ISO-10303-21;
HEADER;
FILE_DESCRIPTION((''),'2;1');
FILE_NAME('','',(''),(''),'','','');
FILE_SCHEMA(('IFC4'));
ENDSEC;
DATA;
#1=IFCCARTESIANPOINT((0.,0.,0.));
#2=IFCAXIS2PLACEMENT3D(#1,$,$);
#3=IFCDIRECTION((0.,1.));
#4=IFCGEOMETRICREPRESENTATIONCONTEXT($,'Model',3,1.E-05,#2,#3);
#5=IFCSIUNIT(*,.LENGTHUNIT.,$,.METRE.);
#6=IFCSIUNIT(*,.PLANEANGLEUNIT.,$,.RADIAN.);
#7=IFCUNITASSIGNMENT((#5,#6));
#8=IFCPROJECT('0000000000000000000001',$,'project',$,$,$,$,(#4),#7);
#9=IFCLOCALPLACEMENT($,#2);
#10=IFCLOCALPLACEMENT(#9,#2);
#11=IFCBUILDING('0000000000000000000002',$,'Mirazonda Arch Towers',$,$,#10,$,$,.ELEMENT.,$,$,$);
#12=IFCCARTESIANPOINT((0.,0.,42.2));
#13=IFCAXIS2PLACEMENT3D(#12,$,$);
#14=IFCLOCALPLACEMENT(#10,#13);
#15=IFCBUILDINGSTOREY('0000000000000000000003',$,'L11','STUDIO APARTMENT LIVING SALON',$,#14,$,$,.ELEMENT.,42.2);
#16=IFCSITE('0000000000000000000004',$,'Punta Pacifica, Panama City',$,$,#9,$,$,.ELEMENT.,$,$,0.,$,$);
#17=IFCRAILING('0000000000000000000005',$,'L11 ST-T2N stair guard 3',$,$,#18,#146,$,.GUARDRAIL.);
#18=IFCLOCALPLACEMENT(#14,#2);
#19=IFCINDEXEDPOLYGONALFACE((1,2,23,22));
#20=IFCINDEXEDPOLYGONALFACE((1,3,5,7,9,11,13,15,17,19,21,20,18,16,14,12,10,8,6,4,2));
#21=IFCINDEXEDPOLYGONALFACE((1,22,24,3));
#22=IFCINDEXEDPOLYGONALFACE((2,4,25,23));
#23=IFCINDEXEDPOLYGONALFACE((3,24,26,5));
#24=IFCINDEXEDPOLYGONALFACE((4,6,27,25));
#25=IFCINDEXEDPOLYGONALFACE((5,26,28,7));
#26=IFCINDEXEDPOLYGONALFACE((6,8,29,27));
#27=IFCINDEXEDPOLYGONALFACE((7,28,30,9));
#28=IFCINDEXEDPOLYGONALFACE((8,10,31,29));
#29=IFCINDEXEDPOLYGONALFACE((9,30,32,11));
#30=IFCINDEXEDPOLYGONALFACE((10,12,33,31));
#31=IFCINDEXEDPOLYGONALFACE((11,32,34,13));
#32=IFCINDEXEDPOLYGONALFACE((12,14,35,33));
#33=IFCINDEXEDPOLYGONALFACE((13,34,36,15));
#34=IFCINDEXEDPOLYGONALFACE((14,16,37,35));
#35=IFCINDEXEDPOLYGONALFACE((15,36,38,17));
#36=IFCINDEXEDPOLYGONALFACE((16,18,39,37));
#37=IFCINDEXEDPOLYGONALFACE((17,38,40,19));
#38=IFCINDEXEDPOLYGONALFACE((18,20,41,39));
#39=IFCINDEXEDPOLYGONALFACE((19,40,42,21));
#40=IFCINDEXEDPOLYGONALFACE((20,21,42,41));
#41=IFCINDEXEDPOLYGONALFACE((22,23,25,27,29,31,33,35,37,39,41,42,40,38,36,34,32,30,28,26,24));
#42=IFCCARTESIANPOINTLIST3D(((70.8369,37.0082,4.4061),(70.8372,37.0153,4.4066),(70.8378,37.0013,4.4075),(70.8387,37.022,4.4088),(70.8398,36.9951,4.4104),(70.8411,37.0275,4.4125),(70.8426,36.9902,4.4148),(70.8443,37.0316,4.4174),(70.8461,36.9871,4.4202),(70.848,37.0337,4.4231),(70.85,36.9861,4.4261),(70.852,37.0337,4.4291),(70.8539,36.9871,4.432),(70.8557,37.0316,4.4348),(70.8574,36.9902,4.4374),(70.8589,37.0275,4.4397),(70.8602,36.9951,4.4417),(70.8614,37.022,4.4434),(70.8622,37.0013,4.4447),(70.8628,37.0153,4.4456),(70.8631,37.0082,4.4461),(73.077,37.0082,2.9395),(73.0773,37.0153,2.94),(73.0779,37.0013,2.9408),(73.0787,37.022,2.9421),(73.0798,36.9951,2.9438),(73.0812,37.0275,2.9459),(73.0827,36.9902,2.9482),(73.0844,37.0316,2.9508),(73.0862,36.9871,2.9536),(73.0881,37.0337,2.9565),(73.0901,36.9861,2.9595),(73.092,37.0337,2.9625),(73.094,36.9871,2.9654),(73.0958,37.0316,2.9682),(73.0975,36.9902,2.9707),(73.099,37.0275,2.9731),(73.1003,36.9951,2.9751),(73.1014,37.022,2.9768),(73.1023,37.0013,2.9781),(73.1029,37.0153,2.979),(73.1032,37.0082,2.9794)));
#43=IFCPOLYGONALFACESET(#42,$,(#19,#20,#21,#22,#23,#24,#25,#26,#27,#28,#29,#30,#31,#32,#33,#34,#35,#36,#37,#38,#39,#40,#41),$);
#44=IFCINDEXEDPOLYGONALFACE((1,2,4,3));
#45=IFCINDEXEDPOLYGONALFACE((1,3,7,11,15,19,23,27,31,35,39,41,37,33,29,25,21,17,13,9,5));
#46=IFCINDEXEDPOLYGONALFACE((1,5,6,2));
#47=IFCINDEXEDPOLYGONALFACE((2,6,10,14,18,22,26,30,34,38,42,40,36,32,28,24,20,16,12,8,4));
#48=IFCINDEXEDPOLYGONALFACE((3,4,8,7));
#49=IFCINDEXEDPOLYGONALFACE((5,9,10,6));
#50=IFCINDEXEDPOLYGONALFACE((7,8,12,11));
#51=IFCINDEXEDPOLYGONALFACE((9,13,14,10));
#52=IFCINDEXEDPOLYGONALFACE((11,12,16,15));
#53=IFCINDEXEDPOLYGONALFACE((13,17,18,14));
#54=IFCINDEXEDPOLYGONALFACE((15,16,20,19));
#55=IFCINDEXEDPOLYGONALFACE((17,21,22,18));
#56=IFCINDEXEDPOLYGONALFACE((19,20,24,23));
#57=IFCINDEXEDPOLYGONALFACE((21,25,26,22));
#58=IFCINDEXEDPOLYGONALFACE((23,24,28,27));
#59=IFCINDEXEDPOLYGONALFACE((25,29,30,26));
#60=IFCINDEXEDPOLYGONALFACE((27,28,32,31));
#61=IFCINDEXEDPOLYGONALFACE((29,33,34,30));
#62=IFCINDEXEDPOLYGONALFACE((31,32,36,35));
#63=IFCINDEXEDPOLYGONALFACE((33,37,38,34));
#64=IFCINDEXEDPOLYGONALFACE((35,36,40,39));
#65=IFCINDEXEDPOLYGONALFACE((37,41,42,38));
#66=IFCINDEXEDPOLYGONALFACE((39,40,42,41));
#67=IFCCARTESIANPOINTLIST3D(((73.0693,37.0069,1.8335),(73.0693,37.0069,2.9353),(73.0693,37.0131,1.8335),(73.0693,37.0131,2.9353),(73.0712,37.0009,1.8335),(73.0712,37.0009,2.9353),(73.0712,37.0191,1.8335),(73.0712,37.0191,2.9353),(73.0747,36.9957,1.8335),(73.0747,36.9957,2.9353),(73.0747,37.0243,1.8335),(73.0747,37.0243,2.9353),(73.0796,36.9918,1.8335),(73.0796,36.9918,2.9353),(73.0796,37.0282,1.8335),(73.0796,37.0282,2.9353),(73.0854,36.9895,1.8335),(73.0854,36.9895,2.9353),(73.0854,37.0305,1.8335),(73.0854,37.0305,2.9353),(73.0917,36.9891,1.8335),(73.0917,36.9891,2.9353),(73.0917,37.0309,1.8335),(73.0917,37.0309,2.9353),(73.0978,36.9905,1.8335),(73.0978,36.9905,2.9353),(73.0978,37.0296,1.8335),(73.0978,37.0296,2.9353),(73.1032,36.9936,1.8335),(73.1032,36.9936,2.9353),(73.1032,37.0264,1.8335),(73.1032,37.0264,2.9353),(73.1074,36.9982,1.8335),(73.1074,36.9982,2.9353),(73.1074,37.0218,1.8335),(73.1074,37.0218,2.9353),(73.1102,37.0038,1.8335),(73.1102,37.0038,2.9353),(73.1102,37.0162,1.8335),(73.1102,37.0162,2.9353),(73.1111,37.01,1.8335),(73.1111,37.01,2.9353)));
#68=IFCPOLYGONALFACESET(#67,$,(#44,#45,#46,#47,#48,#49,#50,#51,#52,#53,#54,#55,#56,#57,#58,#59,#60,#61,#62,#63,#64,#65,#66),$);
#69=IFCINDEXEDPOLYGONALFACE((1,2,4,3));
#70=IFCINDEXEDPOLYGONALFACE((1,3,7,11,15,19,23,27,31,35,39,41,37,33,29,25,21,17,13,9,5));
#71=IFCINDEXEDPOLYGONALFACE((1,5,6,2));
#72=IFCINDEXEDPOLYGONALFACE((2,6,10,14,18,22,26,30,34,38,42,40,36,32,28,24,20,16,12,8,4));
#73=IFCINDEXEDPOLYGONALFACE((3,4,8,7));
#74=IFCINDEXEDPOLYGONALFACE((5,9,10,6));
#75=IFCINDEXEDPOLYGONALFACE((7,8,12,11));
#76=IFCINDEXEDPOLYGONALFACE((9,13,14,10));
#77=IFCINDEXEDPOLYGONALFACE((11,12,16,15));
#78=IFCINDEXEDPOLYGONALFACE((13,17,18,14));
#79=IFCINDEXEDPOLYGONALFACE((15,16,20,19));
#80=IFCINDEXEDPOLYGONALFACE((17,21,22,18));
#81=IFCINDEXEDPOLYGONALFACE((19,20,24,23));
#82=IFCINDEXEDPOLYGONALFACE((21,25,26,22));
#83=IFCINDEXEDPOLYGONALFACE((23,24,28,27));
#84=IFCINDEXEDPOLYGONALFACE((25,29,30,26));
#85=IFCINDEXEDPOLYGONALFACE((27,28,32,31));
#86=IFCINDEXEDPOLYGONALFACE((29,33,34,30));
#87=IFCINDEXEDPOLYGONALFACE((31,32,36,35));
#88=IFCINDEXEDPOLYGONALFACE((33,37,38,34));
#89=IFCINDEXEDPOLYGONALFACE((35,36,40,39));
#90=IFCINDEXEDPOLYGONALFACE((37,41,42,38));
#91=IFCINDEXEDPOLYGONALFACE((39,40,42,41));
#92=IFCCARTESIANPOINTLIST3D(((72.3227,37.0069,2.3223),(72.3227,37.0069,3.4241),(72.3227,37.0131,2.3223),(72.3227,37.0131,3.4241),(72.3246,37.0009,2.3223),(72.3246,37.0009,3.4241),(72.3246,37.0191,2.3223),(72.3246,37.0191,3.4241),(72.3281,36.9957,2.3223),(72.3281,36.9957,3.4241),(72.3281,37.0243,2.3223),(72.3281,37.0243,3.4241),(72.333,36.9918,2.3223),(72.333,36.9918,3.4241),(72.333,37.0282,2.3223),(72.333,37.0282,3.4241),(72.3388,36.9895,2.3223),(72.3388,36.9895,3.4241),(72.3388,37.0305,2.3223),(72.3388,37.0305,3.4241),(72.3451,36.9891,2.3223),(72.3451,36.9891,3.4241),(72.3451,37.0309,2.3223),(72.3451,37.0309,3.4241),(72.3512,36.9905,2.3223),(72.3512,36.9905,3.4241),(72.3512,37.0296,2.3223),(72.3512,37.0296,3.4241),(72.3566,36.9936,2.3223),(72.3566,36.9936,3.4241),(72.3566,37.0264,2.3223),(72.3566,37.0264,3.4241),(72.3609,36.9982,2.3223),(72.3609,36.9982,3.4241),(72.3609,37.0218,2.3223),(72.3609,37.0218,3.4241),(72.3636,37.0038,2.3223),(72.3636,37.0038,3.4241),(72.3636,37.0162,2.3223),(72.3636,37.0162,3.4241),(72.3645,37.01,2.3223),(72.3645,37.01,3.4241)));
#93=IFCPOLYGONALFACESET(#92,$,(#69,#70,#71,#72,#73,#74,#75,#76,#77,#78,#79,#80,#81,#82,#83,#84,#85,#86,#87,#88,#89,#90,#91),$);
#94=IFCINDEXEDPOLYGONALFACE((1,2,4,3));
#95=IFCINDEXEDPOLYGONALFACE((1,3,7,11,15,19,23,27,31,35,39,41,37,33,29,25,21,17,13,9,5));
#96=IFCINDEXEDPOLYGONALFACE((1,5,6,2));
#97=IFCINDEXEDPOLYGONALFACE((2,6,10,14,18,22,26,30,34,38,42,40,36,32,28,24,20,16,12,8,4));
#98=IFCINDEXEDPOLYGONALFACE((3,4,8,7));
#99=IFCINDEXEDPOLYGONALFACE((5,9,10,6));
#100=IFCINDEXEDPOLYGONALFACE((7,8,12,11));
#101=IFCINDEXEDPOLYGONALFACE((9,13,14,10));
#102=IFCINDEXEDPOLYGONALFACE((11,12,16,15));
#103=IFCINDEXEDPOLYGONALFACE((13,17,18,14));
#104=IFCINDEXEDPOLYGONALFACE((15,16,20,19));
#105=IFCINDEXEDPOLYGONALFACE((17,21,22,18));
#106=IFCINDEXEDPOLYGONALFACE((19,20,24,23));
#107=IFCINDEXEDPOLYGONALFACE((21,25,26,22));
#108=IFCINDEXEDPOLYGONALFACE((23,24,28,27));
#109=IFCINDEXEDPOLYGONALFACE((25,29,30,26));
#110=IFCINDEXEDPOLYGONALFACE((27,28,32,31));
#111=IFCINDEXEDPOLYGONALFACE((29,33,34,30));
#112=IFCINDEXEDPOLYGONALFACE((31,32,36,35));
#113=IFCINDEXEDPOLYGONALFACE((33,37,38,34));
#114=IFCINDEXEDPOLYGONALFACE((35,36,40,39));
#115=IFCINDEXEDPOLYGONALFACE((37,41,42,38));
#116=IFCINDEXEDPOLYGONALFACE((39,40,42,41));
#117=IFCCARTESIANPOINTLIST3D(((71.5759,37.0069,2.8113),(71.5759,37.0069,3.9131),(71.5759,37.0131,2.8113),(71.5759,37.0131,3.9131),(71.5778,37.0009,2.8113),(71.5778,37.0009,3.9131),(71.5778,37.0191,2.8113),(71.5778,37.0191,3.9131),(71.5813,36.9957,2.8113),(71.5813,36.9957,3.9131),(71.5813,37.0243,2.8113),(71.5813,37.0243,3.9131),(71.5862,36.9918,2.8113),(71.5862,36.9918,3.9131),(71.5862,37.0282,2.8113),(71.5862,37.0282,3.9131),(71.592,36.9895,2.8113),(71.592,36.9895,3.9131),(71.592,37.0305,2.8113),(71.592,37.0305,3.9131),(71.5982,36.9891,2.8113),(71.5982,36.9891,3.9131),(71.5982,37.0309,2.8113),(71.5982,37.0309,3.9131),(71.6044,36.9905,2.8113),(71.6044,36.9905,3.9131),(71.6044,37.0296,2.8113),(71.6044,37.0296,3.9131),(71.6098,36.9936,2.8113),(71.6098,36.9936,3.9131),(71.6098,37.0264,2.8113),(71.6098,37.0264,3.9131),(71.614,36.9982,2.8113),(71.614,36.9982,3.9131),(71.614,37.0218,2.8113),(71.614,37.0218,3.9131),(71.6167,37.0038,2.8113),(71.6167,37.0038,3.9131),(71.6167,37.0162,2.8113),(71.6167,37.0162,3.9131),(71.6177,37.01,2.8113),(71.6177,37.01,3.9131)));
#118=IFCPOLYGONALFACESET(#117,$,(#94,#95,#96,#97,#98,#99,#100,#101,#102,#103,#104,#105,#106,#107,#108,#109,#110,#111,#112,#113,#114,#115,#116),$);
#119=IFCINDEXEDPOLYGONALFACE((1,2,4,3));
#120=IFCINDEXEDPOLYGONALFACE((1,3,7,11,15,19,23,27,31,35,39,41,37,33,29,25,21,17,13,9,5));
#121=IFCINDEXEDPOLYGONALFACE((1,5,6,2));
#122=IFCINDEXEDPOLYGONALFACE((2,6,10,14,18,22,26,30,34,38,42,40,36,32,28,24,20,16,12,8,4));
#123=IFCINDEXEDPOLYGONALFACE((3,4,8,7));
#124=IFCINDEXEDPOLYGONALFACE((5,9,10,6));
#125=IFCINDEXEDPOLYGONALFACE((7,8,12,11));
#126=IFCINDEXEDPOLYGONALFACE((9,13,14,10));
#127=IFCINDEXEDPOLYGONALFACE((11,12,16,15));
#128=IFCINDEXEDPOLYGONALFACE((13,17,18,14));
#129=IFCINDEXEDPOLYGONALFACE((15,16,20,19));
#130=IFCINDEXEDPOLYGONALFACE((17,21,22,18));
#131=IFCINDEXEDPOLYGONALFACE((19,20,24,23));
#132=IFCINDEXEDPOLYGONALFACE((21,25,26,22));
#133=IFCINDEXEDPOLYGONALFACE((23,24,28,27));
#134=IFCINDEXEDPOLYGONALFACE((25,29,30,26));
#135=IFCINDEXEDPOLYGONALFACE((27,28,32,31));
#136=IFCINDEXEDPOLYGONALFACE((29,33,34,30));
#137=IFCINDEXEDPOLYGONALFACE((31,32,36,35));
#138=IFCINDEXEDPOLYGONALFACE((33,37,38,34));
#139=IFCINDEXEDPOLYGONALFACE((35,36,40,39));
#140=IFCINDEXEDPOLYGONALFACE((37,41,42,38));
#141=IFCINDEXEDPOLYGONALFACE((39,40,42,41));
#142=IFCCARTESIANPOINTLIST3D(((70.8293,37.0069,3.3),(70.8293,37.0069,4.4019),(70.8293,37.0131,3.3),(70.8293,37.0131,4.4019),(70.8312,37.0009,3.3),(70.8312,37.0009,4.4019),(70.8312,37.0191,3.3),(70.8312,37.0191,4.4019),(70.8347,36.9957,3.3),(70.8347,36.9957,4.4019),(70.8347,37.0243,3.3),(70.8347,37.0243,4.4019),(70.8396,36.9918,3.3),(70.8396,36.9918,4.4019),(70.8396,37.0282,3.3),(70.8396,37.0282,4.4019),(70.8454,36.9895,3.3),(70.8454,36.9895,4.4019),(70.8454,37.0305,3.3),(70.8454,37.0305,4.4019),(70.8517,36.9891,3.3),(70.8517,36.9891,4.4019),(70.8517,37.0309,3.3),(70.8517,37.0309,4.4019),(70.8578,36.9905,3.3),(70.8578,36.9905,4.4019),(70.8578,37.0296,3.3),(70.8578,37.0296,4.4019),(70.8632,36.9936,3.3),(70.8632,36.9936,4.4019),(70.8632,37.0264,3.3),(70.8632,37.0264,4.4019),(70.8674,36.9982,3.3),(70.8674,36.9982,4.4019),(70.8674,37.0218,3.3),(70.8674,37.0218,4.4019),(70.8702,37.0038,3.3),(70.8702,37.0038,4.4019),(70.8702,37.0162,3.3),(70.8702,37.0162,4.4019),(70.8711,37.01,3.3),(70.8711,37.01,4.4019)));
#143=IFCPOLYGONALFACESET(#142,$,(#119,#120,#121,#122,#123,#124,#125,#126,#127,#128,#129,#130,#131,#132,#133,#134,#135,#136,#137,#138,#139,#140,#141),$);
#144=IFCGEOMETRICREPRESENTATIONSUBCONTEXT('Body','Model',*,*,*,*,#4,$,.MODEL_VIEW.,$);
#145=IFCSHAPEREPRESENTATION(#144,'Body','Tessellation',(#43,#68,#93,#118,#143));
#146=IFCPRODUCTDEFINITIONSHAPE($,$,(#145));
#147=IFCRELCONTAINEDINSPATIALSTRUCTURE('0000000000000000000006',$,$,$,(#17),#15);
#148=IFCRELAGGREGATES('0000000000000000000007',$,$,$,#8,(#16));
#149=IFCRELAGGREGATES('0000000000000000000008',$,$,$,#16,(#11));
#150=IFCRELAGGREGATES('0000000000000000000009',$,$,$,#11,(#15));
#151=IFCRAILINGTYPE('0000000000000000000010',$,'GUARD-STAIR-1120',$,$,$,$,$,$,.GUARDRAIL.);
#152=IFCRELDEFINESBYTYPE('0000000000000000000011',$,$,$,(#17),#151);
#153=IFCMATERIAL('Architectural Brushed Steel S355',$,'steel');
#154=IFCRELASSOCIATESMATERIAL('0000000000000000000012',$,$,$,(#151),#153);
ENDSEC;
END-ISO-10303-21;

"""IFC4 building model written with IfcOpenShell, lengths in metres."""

from ifc_helpers import new_model, si_unit, direction, frame, origin, origin_2d, place, context, subcontext, project, spatial, circle, extrude, material, type_object, element, save


model = new_model("IFC4")

# Units and contexts
model_context = context("Model", 3, precision=1e-05, world=origin(), true_north=direction((0.0, 1.0)))
body_context = subcontext(model_context, "Body", "Model", "MODEL_VIEW")
ifc_project = project(units=[si_unit("LENGTHUNIT", "METRE"), si_unit("PLANEANGLEUNIT", "RADIAN")], contexts=[model_context])

# Site, building, storey
site_placement = place(None, origin())
site = spatial("IfcSite", under=ifc_project, at=site_placement, Name="Punta Pacifica, Panama City", CompositionType="ELEMENT", RefElevation=0.0)
building_placement = place(site_placement, origin())
building = spatial("IfcBuilding", under=site, at=building_placement, Name="Mirazonda Arch Towers", CompositionType="ELEMENT")
storey_placement = place(building_placement, frame((0.0, 0.0, 42.2)))
storey = spatial("IfcBuildingStorey", under=building, at=storey_placement, Name="L11", Description="STUDIO APARTMENT LIVING SALON", CompositionType="ELEMENT", Elevation=42.2)

# Shared definitions
ifc_material_1 = material(Name="Architectural Brushed Steel S355", Category="steel")

# Railing
railing_type_1 = type_object("IfcRailingType", Name="GUARD-STAIR-1120", PredefinedType="GUARDRAIL", material=ifc_material_1)
railing_1_placement = place(storey_placement, frame((73.0901, 37.01, 1.8335)))
element("IfcRailing", 1, at=railing_1_placement, inside=storey, type_object=railing_type_1, Name="L11 ST-T2N stair guard 3", PredefinedType="GUARDRAIL", context=body_context, shape_type="SweptSolid", body=[
    extrude(circle(Radius=0.0239, at=origin_2d()), frame((0.0, 0.0, 1.126), z_axis=(-0.836637, 0.0, 0.547758), x_axis=(0.0, -1.0, 0.0)), (0.0, 0.0, 1.0), 2.6775),
    extrude(circle(Radius=0.021, at=origin_2d()), origin(), (0.0, 0.0, 1.0), 1.1018),
    extrude(circle(Radius=0.021, at=origin_2d()), frame((-0.7466, 0.0, 0.4888)), (0.0, 0.0, 1.0), 1.1018),
    extrude(circle(Radius=0.021, at=origin_2d()), frame((-1.4934, 0.0, 0.9778)), (0.0, 0.0, 1.0), 1.1018),
    extrude(circle(Radius=0.021, at=origin_2d()), frame((-2.24, 0.0, 1.4666)), (0.0, 0.0, 1.0), 1.1018),
])

save(model, "model.ifc")
